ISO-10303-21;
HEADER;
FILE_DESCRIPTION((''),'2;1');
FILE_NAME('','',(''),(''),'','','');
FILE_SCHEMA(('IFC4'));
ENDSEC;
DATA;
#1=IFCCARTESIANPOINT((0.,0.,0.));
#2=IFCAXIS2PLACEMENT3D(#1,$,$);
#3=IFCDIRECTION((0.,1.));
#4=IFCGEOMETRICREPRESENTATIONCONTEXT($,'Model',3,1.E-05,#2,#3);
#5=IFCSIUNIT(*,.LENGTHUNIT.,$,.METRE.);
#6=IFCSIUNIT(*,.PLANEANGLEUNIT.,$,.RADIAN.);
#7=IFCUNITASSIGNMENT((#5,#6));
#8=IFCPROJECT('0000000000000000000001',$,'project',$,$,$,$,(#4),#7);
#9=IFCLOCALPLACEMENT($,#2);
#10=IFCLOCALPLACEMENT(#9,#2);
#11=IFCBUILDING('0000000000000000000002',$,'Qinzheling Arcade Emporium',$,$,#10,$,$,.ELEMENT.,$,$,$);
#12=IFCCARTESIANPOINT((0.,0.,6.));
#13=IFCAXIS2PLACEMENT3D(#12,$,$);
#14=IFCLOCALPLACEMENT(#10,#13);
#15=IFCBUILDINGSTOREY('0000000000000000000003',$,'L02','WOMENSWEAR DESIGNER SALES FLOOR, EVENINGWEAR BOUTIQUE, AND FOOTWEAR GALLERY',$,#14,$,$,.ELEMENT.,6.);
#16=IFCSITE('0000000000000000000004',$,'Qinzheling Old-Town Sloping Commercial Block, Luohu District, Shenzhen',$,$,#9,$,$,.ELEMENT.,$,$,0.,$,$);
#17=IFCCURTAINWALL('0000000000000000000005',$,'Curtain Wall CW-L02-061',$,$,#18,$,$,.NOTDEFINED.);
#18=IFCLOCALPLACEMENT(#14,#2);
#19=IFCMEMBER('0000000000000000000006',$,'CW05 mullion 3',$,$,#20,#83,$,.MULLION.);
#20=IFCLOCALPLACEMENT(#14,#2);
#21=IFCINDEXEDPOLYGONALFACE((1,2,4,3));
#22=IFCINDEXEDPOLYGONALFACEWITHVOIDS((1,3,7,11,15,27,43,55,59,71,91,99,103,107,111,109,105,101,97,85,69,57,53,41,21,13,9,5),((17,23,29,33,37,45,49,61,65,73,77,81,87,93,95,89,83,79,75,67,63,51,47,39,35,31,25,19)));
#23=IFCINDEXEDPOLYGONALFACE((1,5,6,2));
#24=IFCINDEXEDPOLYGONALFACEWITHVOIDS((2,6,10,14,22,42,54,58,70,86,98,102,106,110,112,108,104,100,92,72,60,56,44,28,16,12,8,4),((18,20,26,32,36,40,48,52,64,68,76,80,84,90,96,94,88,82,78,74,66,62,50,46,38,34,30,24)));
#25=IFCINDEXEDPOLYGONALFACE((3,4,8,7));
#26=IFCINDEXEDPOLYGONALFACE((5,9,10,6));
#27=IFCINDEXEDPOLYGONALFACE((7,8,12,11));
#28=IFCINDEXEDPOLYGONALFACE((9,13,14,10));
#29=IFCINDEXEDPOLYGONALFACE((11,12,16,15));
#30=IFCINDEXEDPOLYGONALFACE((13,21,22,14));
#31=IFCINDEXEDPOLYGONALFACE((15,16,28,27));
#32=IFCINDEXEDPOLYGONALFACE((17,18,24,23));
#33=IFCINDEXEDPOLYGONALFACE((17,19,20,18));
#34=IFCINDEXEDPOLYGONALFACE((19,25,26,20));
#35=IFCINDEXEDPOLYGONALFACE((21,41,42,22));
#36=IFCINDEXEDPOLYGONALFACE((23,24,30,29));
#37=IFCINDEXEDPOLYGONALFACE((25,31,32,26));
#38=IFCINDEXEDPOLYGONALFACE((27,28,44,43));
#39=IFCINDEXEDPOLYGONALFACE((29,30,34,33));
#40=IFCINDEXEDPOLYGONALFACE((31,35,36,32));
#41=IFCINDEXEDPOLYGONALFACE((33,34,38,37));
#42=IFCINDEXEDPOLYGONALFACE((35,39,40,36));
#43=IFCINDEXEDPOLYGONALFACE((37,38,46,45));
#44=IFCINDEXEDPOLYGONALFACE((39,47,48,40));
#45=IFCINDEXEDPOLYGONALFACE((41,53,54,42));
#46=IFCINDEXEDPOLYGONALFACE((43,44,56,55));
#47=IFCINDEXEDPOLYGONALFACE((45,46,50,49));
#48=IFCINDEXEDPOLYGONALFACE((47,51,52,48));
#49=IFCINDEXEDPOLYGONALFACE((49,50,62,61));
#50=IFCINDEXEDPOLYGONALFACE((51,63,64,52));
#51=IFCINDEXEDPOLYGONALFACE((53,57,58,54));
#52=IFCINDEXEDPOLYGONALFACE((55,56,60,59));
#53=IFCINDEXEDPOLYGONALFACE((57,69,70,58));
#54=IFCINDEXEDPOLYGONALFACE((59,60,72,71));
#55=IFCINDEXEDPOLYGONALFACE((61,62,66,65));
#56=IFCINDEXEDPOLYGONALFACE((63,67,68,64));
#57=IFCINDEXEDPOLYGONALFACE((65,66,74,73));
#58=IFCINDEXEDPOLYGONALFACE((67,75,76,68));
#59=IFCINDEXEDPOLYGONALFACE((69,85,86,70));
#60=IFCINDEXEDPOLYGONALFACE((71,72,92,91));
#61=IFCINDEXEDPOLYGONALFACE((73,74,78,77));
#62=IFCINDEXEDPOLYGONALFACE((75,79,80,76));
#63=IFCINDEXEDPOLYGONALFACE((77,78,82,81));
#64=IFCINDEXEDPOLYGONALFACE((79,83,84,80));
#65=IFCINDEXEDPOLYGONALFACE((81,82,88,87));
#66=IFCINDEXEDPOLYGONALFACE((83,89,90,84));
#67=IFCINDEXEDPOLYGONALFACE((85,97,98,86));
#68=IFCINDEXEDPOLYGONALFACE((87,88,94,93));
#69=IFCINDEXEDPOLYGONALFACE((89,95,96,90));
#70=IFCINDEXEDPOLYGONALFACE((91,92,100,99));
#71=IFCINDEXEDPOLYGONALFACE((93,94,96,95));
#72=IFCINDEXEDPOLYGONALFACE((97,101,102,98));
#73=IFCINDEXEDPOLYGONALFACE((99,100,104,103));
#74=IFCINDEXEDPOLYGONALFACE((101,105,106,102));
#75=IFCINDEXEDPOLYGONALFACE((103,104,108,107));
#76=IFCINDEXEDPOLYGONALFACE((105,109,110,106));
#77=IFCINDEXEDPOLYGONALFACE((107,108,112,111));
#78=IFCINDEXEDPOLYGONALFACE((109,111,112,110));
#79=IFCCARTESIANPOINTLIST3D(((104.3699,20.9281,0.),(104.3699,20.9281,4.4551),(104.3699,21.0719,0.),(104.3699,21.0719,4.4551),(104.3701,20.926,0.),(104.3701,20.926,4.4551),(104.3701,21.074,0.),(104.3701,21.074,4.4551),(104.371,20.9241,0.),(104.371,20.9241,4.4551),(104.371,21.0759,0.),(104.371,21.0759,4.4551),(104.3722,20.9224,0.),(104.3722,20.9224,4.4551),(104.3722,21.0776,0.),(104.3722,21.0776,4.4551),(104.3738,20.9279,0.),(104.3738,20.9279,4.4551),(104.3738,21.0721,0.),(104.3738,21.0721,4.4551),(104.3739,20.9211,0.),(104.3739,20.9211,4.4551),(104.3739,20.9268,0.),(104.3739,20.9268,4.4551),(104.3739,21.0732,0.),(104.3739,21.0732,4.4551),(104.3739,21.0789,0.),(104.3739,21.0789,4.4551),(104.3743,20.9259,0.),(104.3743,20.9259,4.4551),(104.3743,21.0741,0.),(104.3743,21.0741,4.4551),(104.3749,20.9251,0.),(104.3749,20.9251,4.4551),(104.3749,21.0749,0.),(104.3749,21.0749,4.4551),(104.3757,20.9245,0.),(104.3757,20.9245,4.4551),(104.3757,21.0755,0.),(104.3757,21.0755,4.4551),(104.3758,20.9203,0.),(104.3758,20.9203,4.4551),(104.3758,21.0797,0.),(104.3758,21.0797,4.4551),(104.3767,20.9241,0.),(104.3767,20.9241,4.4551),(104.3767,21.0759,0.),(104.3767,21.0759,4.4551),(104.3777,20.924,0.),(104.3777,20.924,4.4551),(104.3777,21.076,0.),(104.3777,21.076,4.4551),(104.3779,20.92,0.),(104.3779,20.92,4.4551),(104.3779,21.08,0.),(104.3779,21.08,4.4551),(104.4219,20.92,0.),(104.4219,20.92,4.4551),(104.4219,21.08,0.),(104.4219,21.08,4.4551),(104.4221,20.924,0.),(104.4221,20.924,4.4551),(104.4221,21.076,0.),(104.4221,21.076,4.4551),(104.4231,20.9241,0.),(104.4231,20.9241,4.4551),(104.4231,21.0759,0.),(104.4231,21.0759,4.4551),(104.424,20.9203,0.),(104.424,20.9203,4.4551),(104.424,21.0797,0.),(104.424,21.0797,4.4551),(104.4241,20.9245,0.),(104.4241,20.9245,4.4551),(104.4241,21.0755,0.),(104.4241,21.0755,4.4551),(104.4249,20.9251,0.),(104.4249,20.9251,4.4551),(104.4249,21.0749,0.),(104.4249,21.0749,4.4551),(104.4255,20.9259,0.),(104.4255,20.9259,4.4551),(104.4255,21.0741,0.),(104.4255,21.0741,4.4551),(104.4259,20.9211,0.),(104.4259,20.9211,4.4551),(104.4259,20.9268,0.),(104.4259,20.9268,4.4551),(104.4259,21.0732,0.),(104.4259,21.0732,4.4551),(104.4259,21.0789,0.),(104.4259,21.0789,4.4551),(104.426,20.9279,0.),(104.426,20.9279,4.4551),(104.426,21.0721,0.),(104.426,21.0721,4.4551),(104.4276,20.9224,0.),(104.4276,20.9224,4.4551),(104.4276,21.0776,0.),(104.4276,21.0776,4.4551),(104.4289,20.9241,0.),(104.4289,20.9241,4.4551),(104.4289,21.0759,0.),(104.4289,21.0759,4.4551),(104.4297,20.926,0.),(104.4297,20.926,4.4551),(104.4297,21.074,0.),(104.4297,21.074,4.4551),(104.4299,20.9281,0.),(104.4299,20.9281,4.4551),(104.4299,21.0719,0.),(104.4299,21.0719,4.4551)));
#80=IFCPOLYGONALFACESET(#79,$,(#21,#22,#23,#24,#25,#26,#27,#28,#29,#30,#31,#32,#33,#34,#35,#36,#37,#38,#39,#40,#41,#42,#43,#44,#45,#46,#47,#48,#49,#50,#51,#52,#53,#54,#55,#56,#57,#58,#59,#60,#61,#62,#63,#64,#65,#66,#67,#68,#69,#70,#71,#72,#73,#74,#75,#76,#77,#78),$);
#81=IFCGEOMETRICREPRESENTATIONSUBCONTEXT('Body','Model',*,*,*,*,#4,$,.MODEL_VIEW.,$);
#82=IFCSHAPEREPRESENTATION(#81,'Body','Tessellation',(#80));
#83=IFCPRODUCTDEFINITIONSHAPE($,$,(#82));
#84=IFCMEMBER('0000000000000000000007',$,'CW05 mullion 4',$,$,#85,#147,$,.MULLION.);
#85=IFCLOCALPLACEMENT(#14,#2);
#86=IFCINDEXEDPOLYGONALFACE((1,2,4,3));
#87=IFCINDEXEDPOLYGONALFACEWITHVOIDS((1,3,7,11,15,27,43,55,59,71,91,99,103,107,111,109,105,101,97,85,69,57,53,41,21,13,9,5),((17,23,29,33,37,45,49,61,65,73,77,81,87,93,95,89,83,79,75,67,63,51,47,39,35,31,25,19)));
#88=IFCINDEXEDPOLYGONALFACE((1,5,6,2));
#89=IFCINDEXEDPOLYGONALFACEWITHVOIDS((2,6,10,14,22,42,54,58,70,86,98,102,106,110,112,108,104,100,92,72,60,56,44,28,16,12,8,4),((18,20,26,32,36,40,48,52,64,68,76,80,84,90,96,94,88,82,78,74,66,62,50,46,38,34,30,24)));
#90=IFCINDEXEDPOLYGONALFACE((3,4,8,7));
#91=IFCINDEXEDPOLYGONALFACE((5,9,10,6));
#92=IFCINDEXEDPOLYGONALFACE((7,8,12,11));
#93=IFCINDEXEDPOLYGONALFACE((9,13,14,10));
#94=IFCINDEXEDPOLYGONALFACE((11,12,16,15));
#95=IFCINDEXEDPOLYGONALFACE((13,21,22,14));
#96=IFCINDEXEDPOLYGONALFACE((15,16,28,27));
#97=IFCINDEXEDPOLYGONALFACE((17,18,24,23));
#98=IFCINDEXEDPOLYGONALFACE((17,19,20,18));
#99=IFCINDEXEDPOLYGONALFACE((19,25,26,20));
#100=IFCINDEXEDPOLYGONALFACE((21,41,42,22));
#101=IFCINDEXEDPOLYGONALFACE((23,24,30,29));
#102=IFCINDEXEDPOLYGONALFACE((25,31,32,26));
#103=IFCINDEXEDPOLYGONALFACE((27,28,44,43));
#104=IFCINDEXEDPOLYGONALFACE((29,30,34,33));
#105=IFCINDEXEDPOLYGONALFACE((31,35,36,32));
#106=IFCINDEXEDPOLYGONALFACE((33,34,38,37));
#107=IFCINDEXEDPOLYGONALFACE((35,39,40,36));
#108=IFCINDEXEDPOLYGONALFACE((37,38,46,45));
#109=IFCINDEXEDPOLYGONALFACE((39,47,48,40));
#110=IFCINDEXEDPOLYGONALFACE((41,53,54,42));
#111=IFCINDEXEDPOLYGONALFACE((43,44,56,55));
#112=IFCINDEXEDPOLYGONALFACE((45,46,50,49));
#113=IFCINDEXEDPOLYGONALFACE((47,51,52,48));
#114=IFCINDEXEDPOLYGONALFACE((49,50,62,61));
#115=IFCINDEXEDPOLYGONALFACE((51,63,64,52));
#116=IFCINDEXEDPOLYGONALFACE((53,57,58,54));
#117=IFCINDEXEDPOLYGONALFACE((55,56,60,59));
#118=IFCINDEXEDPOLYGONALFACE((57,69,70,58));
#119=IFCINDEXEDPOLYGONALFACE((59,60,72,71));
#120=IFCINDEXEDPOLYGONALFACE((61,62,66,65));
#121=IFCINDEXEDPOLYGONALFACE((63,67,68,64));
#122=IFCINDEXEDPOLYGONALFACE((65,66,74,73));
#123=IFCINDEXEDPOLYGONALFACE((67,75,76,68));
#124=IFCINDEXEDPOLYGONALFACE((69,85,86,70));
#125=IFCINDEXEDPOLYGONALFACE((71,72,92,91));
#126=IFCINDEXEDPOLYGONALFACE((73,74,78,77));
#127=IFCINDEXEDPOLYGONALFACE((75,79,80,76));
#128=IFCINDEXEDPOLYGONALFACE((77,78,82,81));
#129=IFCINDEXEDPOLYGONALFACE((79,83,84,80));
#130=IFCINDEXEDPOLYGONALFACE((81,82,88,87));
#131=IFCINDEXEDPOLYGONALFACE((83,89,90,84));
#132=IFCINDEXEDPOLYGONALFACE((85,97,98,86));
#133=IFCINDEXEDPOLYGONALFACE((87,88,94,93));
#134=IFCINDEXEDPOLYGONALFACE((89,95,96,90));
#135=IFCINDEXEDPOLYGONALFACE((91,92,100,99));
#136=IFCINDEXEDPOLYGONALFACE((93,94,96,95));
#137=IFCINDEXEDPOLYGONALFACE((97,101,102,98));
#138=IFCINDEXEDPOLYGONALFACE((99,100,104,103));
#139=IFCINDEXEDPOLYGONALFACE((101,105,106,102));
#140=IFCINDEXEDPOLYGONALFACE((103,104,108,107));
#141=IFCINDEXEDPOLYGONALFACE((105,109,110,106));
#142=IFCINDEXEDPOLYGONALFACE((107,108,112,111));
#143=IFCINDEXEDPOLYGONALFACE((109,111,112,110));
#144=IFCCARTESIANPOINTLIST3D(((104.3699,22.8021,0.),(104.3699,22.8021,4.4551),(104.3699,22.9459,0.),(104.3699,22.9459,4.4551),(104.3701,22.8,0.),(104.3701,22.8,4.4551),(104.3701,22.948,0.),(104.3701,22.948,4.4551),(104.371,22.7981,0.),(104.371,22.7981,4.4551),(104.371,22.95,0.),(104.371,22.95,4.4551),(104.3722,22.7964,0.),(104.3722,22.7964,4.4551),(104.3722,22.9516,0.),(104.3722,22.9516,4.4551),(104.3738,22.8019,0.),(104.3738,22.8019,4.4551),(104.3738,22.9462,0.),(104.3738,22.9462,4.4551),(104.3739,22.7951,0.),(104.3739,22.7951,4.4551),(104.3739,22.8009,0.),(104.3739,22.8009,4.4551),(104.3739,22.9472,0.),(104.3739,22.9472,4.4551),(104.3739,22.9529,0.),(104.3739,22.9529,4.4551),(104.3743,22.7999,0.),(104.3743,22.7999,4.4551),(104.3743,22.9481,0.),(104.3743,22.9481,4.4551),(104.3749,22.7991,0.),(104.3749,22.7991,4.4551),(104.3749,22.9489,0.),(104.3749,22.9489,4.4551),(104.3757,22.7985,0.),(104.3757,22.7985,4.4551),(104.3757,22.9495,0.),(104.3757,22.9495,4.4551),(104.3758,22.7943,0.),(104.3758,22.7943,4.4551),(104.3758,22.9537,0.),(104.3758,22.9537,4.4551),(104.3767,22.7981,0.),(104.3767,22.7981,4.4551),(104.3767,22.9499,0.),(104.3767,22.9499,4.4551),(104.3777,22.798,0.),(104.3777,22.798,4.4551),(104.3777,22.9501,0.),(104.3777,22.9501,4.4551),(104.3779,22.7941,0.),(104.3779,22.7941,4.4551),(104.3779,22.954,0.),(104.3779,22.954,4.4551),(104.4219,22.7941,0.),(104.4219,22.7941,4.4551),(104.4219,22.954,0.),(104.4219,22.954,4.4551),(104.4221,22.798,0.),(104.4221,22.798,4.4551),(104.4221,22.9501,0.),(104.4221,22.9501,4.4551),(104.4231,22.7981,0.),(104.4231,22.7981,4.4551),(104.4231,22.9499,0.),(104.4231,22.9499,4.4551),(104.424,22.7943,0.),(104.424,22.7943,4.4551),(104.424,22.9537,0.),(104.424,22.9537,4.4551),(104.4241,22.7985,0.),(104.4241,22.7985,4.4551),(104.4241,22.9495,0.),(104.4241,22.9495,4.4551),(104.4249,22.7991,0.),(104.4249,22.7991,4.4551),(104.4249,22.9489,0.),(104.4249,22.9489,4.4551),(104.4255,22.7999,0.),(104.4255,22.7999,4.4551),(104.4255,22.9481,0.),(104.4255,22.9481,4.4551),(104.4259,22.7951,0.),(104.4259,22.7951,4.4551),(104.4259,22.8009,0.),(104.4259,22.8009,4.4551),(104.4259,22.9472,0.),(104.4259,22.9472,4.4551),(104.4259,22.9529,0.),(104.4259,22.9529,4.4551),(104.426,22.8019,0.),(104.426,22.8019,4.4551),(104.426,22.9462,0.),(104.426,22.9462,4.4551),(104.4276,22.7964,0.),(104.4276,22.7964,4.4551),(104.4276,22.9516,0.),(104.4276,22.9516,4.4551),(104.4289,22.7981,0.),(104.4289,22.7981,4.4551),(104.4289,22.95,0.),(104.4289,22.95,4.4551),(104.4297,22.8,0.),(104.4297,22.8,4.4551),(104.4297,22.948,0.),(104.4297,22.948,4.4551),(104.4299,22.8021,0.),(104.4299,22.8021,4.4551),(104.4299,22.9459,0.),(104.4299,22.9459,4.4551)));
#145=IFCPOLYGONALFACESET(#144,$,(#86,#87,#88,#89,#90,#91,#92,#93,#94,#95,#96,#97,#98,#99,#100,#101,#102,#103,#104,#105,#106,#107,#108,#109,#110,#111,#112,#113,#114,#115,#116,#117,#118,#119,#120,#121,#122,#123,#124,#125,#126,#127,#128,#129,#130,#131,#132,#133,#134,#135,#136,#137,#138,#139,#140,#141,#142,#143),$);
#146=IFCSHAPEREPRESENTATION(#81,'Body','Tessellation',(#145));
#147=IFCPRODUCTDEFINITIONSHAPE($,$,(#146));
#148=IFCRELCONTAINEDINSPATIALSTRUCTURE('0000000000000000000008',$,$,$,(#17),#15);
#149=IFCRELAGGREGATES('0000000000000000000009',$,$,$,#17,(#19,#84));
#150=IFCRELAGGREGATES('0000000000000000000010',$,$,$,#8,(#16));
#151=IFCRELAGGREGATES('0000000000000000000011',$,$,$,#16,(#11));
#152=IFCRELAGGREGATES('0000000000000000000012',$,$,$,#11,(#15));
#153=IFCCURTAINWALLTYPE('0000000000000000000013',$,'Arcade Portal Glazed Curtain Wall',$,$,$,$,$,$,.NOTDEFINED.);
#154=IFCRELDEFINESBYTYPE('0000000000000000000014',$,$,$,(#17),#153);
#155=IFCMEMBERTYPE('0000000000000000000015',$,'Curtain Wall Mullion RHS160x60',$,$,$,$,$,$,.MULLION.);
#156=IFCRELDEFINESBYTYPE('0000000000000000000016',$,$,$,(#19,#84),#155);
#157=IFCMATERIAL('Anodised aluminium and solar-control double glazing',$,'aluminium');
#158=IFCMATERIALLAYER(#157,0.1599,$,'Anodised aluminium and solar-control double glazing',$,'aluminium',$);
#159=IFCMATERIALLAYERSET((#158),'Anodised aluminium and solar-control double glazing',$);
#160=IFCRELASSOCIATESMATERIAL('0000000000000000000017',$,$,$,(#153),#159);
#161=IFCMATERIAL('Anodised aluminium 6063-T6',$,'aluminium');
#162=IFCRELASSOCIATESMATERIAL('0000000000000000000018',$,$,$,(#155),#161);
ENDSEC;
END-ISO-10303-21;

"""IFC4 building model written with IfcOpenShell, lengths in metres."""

from ifc_helpers import new_model, si_unit, direction, frame, origin, origin_2d, place, context, subcontext, project, spatial, hollow_rectangle, extrude, material, layer, layer_set, material_profile, profile_set, type_object, element, aggregate, save


model = new_model("IFC4")

# Units and contexts
model_context = context("Model", 3, precision=1e-05, world=origin(), true_north=direction((0.0, 1.0)))
body_context = subcontext(model_context, "Body", "Model", "MODEL_VIEW")
ifc_project = project(units=[si_unit("LENGTHUNIT", "METRE"), si_unit("PLANEANGLEUNIT", "RADIAN")], contexts=[model_context])

# Site, building, storey
site_placement = place(None, origin())
site = spatial("IfcSite", under=ifc_project, at=site_placement, Name="Qinzheling Old-Town Sloping Commercial Block, Luohu District, Shenzhen", CompositionType="ELEMENT", RefElevation=0.0)
building_placement = place(site_placement, origin())
building = spatial("IfcBuilding", under=site, at=building_placement, Name="Qinzheling Arcade Emporium", CompositionType="ELEMENT")
storey_placement = place(building_placement, frame((0.0, 0.0, 6.0)))
storey = spatial("IfcBuildingStorey", under=building, at=storey_placement, Name="L02", Description="WOMENSWEAR DESIGNER SALES FLOOR, EVENINGWEAR BOUTIQUE, AND FOOTWEAR GALLERY", CompositionType="ELEMENT", Elevation=6.0)

# Curtain wall, members
ifc_material_1 = material(Name="Anodised aluminium and solar-control double glazing", Category="aluminium")
ifc_layer_1 = layer(ifc_material_1, 0.1599, Name="Anodised aluminium and solar-control double glazing", Category="aluminium")
ifc_layer_set_1 = layer_set([ifc_layer_1], Name="Anodised aluminium and solar-control double glazing")
curtain_wall_type = type_object("IfcCurtainWallType", Name="Arcade Portal Glazed Curtain Wall", PredefinedType="NOTDEFINED", material=ifc_layer_set_1)
curtain_wall_placement = place(storey_placement, origin())
curtain_wall = element("IfcCurtainWall", 1, at=curtain_wall_placement, inside=storey, type_object=curtain_wall_type, Name="Curtain Wall CW-L02-061", PredefinedType="NOTDEFINED")
ifc_material_2 = material(Name="Anodised aluminium 6063-T6", Category="aluminium")
ifc_material_profile_1 = material_profile(ifc_material_2, hollow_rectangle(XDim=0.0601, YDim=0.1599, WallThickness=0.0039, InnerFilletRadius=0.0039, OuterFilletRadius=0.0081, at=origin_2d()), Name="RHS 160x60x4", Category="aluminium")
ifc_profile_set_1 = profile_set([ifc_material_profile_1], Name="Anodised aluminium 6063-T6")
member_type_1 = type_object("IfcMemberType", Name="Curtain Wall Mullion RHS160x60", PredefinedType="MULLION", material=ifc_profile_set_1)
member_1_placement = place(storey_placement, frame((104.3999, 21.0, 0.0), z_axis=(0.0, 0.0, 1.0), x_axis=(-1.0, 0.0, 0.0)))
member_1 = element("IfcMember", 2, at=member_1_placement, type_object=member_type_1, Name="CW05 mullion 3", PredefinedType="MULLION", context=body_context, shape_type="SweptSolid", body=[
    extrude(hollow_rectangle(XDim=0.0601, YDim=0.1599, WallThickness=0.0039, InnerFilletRadius=0.0039, OuterFilletRadius=0.0081, at=origin_2d()), origin(), (0.0, 0.0, 1.0), 4.4551),
])
member_2_placement = place(storey_placement, frame((104.3999, 22.874, 0.0), z_axis=(0.0, 0.0, 1.0), x_axis=(-1.0, 0.0, 0.0)))
member_2 = element("IfcMember", 3, at=member_2_placement, type_object=member_type_1, Name="CW05 mullion 4", PredefinedType="MULLION", context=body_context, shape_type="SweptSolid", body=[
    extrude(hollow_rectangle(XDim=0.0601, YDim=0.1599, WallThickness=0.0039, InnerFilletRadius=0.0039, OuterFilletRadius=0.0081, at=origin_2d()), origin(), (0.0, 0.0, 1.0), 4.4551),
])
aggregate(curtain_wall, [member_1, member_2])

save(model, "model.ifc")
